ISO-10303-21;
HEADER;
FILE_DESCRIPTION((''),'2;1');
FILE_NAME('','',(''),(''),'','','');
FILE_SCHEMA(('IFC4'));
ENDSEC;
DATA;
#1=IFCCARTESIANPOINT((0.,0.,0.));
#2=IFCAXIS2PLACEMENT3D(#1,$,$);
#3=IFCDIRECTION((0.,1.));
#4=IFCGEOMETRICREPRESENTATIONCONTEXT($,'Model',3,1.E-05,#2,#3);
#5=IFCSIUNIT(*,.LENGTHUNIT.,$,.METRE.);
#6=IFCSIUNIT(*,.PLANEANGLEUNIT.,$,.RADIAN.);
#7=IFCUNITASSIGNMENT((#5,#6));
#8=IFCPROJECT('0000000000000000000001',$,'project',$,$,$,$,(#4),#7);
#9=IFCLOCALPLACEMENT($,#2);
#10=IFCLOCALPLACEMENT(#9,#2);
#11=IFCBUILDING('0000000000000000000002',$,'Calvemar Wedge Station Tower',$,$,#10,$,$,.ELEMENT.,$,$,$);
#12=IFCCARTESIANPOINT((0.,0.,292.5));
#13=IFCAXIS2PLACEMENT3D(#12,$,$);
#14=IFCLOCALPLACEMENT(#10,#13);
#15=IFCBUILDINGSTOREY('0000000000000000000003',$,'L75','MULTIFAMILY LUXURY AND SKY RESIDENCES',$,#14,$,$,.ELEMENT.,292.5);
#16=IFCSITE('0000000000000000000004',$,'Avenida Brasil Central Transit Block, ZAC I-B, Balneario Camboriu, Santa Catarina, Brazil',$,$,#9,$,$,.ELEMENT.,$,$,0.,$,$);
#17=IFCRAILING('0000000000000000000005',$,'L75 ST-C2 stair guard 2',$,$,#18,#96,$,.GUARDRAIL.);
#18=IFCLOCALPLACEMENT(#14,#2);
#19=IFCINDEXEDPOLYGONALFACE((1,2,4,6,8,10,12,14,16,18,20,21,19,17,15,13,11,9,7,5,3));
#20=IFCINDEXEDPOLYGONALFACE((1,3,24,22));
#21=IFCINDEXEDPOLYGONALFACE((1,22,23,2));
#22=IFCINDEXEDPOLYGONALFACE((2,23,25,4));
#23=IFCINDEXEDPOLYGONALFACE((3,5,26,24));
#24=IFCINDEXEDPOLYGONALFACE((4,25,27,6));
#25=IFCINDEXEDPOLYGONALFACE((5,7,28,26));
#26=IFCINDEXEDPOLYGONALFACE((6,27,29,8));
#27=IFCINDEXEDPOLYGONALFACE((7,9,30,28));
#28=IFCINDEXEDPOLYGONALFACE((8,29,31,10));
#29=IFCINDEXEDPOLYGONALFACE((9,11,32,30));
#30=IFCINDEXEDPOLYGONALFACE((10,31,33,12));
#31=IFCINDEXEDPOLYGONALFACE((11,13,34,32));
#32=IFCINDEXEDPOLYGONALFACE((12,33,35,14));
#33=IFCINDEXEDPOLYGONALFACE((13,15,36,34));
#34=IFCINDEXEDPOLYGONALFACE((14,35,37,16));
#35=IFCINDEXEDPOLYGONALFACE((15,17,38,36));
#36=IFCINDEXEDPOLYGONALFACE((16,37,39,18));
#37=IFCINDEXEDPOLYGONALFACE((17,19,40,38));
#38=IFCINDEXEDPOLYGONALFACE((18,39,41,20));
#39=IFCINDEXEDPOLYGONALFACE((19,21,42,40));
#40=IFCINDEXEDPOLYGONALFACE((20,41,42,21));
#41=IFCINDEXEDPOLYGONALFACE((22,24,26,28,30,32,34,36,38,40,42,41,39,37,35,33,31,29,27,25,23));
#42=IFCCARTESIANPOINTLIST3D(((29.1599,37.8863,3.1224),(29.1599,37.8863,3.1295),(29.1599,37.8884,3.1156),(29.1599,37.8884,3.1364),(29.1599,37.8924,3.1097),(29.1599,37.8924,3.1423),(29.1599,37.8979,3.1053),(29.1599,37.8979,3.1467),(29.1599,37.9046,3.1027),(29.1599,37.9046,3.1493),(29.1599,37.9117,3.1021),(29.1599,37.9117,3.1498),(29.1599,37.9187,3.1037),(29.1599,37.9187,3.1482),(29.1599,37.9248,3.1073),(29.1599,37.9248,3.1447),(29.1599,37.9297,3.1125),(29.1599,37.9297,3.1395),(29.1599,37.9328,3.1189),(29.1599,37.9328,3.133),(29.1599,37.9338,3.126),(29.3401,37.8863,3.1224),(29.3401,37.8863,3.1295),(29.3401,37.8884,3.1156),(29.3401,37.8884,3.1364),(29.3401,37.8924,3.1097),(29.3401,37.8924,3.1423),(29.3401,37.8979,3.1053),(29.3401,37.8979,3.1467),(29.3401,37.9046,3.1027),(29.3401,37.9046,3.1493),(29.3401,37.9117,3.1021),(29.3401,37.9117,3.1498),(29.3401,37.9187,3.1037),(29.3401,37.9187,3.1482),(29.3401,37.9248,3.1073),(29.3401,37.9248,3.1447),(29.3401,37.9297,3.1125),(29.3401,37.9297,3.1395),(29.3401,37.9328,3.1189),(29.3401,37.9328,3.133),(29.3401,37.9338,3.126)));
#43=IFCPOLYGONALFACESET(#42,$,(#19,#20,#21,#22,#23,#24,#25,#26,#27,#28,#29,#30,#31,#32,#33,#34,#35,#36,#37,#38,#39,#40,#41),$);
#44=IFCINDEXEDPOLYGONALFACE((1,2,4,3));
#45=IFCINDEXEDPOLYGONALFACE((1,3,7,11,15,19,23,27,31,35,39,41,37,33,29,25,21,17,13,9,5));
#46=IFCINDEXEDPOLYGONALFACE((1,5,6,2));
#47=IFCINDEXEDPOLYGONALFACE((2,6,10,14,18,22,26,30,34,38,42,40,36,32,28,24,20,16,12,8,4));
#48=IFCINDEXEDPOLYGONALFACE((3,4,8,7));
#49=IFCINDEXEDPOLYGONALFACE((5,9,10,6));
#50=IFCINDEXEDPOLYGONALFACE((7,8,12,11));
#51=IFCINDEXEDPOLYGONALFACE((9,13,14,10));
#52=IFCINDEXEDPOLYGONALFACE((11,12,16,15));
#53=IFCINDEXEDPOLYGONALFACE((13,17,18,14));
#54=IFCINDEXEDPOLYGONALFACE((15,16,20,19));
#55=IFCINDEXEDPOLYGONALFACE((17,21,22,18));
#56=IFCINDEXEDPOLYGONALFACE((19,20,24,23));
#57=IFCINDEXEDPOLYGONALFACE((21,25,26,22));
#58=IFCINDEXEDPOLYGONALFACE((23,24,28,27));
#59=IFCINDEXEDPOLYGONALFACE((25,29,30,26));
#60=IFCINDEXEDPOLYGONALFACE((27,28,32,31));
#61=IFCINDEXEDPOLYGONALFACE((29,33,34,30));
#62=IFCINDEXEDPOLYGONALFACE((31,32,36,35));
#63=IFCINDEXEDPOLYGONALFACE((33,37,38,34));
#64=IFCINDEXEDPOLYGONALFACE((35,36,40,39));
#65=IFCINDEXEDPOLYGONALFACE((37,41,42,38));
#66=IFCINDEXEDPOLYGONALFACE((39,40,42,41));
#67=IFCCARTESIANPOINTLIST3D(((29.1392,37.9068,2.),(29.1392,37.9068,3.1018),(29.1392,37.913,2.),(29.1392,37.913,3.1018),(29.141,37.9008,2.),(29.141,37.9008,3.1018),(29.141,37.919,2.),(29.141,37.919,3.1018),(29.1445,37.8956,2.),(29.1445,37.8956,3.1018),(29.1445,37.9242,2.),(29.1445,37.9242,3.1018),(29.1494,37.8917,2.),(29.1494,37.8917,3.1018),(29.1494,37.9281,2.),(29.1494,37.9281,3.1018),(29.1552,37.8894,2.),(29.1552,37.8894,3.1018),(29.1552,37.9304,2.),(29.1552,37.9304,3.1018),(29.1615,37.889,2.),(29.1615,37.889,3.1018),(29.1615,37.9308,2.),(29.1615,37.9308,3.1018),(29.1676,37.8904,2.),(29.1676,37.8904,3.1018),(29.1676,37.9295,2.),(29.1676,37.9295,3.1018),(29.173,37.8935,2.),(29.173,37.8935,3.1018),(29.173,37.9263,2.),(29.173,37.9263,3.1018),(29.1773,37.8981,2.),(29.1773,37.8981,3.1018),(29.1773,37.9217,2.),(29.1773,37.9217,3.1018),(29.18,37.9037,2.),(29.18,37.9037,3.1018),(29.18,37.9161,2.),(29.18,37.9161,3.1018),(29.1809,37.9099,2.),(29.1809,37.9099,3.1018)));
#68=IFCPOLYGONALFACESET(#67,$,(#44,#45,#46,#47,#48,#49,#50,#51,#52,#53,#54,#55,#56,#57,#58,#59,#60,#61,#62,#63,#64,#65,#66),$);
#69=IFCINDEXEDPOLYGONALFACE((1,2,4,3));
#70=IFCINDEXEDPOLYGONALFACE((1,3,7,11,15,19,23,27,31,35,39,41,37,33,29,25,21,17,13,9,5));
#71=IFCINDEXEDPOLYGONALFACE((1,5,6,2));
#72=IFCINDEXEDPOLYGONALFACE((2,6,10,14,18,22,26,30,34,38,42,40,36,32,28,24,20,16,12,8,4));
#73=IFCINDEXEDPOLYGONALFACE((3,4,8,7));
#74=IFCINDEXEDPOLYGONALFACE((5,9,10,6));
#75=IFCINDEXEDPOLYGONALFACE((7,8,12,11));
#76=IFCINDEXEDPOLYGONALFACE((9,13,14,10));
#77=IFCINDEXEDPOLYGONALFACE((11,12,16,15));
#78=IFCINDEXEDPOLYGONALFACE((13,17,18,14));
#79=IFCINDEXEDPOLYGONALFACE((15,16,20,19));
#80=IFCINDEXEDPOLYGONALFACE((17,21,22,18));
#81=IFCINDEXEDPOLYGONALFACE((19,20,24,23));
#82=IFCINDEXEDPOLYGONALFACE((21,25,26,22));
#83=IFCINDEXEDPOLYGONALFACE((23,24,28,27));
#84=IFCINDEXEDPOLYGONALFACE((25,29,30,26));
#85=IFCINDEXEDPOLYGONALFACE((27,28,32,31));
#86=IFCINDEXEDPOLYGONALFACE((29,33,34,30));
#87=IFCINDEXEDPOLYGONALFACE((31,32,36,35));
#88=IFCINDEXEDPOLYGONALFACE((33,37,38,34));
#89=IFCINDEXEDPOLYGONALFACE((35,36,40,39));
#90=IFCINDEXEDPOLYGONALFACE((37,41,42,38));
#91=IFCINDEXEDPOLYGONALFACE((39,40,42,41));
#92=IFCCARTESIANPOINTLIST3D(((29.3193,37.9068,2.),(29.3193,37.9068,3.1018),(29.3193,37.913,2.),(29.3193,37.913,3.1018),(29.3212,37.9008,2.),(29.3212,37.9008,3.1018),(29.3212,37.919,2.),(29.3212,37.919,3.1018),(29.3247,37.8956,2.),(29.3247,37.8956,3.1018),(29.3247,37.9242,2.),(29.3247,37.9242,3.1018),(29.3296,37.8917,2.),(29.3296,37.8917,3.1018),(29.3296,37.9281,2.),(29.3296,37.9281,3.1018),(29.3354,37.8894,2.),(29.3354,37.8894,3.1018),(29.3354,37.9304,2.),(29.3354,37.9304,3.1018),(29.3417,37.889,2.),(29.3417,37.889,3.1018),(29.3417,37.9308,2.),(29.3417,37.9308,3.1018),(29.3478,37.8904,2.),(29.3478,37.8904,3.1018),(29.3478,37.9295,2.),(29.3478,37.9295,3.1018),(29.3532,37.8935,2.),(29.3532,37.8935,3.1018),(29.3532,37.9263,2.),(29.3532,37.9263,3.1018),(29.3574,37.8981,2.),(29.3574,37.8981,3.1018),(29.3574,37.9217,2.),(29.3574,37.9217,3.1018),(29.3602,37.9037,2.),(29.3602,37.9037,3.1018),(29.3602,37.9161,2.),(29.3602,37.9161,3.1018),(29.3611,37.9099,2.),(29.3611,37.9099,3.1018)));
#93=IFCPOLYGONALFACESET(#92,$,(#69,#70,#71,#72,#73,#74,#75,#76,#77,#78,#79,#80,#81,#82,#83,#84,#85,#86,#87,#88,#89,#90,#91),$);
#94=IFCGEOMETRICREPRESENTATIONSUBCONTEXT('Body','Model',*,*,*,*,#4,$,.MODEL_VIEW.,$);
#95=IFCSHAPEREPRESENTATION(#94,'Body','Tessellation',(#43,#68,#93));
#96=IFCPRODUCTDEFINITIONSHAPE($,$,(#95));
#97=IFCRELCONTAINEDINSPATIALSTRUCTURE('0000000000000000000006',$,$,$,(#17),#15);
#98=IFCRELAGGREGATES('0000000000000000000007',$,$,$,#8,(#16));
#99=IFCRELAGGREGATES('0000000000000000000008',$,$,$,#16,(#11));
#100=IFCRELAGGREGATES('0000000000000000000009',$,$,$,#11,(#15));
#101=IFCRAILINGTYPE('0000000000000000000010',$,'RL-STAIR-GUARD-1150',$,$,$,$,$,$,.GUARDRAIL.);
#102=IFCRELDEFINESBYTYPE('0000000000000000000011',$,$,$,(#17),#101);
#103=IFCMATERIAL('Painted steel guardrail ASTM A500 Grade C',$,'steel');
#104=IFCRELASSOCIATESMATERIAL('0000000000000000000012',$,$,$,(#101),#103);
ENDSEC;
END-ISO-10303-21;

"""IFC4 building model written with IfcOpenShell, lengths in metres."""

from ifc_helpers import new_model, si_unit, direction, frame, origin, origin_2d, place, context, subcontext, project, spatial, circle, extrude, material, type_object, element, save


model = new_model("IFC4")

# Units and contexts
model_context = context("Model", 3, precision=1e-05, world=origin(), true_north=direction((0.0, 1.0)))
body_context = subcontext(model_context, "Body", "Model", "MODEL_VIEW")
ifc_project = project(units=[si_unit("LENGTHUNIT", "METRE"), si_unit("PLANEANGLEUNIT", "RADIAN")], contexts=[model_context])

# Site, building, storey
site_placement = place(None, origin())
site = spatial("IfcSite", under=ifc_project, at=site_placement, Name="Avenida Brasil Central Transit Block, ZAC I-B, Balneario Camboriu, Santa Catarina, Brazil", CompositionType="ELEMENT", RefElevation=0.0)
building_placement = place(site_placement, origin())
building = spatial("IfcBuilding", under=site, at=building_placement, Name="Calvemar Wedge Station Tower", CompositionType="ELEMENT")
storey_placement = place(building_placement, frame((0.0, 0.0, 292.5)))
storey = spatial("IfcBuildingStorey", under=building, at=storey_placement, Name="L75", Description="MULTIFAMILY LUXURY AND SKY RESIDENCES", CompositionType="ELEMENT", Elevation=292.5)

# Railing
ifc_material_1 = material(Name="Painted steel guardrail ASTM A500 Grade C", Category="steel")
railing_type_1 = type_object("IfcRailingType", Name="RL-STAIR-GUARD-1150", PredefinedType="GUARDRAIL", material=ifc_material_1)
railing_1_placement = place(storey_placement, frame((29.1599, 37.9099, 2.0)))
element("IfcRailing", 1, at=railing_1_placement, inside=storey, type_object=railing_type_1, Name="L75 ST-C2 stair guard 2", PredefinedType="GUARDRAIL", context=body_context, shape_type="SweptSolid", body=[
    extrude(circle(Radius=0.0239, at=origin_2d()), frame((0.0, 0.0, 1.126), z_axis=(1.0, 0.0, 0.0), x_axis=(0.0, 1.0, 0.0)), (0.0, 0.0, 1.0), 0.1802),
    extrude(circle(Radius=0.021, at=origin_2d()), origin(), (0.0, 0.0, 1.0), 1.1018),
    extrude(circle(Radius=0.021, at=origin_2d()), frame((0.1802, 0.0, 0.0)), (0.0, 0.0, 1.0), 1.1018),
])

save(model, "model.ifc")
